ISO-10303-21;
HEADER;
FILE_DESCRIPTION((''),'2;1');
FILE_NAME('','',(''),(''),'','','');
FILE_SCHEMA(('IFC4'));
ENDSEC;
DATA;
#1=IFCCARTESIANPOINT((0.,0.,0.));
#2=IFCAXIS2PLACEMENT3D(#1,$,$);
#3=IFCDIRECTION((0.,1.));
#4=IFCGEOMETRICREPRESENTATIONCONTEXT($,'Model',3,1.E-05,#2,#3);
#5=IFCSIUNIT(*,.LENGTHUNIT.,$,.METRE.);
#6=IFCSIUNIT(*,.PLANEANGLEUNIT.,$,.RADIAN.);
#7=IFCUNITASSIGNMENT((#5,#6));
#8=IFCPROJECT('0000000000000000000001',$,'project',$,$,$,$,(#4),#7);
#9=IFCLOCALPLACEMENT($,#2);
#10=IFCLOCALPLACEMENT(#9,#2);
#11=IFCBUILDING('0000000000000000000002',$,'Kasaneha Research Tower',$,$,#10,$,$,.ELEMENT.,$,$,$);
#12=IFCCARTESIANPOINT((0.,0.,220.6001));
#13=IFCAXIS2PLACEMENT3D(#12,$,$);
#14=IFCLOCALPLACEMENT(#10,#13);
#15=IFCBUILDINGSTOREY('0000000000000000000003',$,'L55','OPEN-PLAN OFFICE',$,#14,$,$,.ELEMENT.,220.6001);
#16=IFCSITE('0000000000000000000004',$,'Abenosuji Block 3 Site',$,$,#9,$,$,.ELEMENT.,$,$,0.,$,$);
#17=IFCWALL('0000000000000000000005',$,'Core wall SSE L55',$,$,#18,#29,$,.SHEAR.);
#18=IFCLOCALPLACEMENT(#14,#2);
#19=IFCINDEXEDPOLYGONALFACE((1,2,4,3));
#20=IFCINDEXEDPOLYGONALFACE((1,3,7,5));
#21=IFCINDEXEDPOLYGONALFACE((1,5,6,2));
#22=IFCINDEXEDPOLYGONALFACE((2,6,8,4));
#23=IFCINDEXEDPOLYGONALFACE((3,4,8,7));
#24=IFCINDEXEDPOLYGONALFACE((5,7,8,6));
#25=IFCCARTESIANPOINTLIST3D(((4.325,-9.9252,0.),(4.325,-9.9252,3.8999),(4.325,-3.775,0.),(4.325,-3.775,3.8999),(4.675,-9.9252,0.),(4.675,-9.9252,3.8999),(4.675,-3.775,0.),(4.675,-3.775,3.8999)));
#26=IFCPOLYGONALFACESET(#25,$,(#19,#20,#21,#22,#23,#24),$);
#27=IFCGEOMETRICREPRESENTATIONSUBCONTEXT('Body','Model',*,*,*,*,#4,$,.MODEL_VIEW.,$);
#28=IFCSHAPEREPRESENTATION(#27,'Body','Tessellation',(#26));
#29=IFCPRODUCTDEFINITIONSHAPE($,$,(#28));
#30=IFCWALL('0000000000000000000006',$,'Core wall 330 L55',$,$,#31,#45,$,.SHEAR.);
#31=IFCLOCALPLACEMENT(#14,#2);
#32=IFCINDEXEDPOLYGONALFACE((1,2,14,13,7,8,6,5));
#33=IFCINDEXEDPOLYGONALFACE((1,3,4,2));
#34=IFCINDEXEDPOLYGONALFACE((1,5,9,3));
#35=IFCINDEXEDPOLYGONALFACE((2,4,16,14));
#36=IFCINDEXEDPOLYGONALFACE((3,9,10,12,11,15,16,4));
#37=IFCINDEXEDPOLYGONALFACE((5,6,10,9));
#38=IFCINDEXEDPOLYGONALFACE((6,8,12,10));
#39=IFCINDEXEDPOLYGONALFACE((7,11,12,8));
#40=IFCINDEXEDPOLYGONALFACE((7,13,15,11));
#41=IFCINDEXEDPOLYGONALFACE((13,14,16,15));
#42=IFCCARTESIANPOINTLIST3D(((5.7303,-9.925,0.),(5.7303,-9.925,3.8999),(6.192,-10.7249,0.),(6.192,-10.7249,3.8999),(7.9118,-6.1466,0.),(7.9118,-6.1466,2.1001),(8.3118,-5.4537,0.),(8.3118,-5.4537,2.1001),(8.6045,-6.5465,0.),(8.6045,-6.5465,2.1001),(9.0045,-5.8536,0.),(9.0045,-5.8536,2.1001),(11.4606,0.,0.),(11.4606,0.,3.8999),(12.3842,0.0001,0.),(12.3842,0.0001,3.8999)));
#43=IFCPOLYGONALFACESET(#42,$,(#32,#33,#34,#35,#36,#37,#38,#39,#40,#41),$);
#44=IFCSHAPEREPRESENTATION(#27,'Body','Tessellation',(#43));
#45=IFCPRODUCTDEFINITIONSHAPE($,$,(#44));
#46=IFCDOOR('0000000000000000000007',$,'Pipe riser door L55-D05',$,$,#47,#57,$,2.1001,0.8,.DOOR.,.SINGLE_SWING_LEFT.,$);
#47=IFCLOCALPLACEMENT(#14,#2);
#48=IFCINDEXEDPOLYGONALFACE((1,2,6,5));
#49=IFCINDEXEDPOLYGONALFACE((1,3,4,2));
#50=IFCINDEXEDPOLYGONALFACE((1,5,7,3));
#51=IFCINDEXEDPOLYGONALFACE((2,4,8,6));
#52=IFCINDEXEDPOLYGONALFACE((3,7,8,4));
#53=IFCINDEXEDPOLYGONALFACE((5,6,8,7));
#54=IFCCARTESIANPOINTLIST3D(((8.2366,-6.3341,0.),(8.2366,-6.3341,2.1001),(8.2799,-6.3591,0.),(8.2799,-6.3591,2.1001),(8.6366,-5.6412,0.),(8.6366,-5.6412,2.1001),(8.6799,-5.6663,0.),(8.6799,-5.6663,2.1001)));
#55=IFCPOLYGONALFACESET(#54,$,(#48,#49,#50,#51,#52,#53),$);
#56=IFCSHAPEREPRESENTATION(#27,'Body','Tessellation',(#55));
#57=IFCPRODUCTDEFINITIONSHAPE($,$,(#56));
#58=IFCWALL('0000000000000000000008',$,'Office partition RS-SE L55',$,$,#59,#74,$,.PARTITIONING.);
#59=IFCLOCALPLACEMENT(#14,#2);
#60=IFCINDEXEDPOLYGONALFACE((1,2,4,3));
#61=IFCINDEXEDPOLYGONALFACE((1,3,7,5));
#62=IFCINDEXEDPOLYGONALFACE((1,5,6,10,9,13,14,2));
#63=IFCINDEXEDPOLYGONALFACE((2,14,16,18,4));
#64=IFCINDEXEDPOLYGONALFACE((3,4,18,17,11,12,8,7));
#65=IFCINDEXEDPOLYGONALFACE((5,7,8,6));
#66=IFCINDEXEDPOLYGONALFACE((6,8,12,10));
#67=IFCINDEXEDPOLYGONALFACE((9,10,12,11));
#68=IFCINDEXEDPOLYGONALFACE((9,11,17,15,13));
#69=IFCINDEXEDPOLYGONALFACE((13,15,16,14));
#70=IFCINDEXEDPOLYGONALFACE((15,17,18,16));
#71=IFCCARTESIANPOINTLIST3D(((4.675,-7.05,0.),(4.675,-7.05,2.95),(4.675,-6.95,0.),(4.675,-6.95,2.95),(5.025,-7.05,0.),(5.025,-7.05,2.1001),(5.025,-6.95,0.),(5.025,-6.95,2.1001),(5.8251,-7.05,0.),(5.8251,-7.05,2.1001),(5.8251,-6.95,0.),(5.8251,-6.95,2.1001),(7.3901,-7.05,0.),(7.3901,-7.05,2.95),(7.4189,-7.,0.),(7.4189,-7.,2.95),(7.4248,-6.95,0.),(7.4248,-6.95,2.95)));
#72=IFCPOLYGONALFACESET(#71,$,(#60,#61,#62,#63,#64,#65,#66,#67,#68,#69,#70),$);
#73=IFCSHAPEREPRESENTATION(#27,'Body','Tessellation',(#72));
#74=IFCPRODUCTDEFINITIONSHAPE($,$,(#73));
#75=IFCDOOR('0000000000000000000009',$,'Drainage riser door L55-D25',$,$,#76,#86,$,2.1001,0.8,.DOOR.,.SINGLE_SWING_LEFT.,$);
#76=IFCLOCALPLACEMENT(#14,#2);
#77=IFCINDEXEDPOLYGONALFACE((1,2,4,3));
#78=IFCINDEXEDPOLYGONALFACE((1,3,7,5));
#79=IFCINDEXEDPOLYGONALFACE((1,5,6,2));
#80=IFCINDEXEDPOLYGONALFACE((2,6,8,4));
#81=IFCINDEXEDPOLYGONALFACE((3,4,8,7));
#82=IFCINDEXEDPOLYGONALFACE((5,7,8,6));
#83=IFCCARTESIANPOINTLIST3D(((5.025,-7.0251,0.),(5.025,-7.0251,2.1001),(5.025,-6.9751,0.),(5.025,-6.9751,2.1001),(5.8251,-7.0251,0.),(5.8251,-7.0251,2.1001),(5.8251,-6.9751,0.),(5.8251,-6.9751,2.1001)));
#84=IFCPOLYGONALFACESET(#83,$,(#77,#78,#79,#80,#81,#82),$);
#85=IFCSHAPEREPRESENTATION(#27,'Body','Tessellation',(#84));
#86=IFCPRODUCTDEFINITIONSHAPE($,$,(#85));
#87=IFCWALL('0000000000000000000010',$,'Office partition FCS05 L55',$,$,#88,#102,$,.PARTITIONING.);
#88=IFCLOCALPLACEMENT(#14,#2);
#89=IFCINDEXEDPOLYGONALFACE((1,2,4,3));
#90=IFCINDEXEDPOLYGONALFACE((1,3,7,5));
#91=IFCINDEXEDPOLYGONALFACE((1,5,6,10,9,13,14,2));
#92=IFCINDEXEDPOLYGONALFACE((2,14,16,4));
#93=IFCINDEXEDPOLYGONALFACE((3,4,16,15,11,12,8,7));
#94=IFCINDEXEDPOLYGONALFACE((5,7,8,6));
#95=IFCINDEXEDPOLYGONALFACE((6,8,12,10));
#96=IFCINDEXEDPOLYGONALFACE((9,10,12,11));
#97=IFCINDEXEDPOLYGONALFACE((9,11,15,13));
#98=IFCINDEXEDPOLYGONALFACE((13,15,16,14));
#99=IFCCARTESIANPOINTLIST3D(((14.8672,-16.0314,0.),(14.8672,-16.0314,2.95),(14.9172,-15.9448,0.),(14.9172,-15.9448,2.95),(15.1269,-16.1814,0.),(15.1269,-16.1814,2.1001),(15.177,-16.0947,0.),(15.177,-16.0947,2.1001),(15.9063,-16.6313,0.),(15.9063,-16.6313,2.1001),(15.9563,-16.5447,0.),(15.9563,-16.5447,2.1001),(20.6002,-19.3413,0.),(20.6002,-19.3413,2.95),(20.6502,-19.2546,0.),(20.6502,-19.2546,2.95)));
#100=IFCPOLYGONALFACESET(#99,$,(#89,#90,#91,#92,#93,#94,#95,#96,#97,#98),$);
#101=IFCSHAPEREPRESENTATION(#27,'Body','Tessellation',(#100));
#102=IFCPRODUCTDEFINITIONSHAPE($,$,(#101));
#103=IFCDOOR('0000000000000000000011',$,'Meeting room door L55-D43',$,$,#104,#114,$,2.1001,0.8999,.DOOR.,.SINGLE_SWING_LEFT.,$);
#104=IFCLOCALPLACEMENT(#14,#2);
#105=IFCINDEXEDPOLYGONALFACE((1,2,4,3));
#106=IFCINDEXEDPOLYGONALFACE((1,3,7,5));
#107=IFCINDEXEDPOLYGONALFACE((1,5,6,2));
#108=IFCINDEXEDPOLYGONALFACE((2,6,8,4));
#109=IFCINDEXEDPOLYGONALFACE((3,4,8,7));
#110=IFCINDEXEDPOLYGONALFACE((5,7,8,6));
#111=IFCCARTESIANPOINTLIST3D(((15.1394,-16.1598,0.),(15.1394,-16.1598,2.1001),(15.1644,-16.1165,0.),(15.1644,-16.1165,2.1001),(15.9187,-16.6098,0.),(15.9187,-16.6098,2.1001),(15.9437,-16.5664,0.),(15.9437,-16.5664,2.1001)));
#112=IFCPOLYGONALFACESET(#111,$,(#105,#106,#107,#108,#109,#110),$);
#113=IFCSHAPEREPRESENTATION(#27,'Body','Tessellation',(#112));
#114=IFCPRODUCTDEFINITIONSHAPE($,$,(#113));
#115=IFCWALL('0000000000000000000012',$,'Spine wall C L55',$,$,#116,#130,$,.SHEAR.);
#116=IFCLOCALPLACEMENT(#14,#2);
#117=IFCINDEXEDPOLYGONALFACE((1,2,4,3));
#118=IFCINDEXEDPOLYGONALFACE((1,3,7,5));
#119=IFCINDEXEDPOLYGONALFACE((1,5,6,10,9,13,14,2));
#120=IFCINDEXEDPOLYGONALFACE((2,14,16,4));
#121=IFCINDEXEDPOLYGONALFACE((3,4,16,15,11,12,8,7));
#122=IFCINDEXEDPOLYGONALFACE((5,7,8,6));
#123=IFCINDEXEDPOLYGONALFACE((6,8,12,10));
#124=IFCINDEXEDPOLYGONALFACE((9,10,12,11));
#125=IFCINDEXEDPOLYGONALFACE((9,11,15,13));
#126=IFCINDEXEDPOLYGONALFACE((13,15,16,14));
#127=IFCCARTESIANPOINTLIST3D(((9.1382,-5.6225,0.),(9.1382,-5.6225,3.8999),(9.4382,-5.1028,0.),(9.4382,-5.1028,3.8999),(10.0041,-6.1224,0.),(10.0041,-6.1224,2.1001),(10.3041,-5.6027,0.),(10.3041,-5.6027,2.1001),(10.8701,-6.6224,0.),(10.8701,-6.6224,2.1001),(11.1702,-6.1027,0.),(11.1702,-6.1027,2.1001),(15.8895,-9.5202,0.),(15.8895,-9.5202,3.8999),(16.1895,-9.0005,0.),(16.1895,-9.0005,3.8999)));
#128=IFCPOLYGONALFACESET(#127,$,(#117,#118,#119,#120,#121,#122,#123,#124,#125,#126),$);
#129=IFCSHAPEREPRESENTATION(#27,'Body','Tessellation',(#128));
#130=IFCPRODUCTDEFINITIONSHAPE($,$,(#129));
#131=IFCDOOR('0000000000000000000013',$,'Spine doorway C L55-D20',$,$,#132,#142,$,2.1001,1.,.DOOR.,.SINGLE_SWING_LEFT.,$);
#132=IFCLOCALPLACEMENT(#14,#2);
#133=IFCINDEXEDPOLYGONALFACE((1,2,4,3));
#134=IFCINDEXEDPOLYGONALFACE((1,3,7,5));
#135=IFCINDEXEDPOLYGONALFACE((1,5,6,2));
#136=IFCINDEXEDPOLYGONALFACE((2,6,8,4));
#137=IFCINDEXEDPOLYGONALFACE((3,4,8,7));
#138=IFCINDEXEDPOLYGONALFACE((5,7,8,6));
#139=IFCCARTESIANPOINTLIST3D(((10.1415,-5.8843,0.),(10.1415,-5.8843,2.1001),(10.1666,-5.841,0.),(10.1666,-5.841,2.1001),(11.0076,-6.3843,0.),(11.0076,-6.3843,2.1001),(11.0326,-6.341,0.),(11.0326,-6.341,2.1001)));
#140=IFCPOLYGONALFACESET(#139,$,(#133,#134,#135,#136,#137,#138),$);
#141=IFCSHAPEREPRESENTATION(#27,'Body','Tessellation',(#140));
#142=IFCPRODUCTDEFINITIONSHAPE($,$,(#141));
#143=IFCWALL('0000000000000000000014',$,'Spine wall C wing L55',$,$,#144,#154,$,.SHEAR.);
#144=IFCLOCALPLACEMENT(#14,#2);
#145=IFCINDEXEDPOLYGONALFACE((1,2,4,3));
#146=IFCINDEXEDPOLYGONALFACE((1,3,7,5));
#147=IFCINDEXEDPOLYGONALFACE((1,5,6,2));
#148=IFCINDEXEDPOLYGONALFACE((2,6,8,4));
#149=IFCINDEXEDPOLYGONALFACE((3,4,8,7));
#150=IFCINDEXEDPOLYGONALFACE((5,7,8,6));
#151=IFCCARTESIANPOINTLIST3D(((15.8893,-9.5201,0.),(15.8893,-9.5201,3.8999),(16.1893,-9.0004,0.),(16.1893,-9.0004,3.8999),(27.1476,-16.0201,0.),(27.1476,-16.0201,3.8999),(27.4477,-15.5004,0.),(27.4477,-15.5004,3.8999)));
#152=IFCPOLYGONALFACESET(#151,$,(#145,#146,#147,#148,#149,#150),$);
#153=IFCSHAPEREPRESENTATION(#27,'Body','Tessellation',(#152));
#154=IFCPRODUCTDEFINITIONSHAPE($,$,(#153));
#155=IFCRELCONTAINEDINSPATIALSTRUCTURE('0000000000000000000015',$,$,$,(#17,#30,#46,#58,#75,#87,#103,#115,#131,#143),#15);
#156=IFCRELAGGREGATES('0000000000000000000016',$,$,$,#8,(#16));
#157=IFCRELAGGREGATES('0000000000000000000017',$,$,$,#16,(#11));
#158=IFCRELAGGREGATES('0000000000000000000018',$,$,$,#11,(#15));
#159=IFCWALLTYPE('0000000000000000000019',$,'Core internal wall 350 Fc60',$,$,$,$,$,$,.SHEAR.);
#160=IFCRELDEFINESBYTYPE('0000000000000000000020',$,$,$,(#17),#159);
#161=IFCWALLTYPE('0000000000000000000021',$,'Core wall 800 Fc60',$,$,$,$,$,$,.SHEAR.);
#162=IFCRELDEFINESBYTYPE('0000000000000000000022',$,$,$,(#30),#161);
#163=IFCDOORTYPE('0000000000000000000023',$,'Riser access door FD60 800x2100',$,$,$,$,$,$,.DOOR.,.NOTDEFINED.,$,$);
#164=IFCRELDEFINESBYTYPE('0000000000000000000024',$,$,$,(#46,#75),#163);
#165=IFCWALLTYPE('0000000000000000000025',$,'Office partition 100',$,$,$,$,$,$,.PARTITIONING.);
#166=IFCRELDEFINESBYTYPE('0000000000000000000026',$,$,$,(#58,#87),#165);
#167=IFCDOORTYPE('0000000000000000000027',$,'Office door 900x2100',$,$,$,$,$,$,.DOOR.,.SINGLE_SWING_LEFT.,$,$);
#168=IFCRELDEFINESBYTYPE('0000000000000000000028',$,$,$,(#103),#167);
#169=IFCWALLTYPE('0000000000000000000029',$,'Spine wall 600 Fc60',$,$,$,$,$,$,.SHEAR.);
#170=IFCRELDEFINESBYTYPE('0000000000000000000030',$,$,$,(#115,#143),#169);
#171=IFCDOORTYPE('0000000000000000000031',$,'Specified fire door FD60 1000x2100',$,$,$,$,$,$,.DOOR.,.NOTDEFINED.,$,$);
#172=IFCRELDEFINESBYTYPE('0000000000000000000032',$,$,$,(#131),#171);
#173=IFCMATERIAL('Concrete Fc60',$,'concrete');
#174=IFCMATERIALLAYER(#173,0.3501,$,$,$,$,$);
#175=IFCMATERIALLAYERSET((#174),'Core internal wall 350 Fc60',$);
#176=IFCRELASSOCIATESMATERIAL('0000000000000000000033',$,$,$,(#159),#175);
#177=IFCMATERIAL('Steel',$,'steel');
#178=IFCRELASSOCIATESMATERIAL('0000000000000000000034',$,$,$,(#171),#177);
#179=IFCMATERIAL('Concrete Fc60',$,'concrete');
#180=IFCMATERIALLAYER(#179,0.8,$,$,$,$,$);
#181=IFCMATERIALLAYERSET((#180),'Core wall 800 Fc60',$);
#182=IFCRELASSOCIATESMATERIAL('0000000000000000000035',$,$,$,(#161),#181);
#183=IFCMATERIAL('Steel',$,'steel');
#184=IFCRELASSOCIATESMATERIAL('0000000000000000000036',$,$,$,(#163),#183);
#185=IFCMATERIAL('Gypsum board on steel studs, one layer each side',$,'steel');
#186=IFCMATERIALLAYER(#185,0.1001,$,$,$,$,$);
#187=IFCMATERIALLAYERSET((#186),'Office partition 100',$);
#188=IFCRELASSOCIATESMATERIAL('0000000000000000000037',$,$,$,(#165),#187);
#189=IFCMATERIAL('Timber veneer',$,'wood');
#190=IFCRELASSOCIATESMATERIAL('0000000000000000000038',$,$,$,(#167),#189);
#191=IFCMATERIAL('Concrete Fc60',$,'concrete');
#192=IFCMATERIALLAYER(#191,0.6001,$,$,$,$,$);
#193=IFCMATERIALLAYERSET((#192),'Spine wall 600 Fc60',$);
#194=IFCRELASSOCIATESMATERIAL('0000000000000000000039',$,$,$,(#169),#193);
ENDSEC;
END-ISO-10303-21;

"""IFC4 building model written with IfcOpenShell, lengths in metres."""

from ifc_helpers import new_model, si_unit, direction, frame, frame_2d, origin, place, context, subcontext, project, spatial, polyline, rectangle, outline, extrude, material, layer, layer_set, type_object, element, fill, save


model = new_model("IFC4")

# Units and contexts
model_context = context("Model", 3, precision=1e-05, world=origin(), true_north=direction((0.0, 1.0)))
body_context = subcontext(model_context, "Body", "Model", "MODEL_VIEW")
ifc_project = project(units=[si_unit("LENGTHUNIT", "METRE"), si_unit("PLANEANGLEUNIT", "RADIAN")], contexts=[model_context])

# Site, building, storey
site_placement = place(None, origin())
site = spatial("IfcSite", under=ifc_project, at=site_placement, Name="Abenosuji Block 3 Site", CompositionType="ELEMENT", RefElevation=0.0)
building_placement = place(site_placement, origin())
building = spatial("IfcBuilding", under=site, at=building_placement, Name="Kasaneha Research Tower", CompositionType="ELEMENT")
storey_placement = place(building_placement, frame((0.0, 0.0, 220.6001)))
storey = spatial("IfcBuildingStorey", under=building, at=storey_placement, Name="L55", Description="OPEN-PLAN OFFICE", CompositionType="ELEMENT", Elevation=220.6001)

# Shared definitions
ifc_material_1 = material(Name="Concrete Fc60", Category="concrete")
ifc_layer_1 = layer(ifc_material_1, 0.3501)
ifc_layer_set_1 = layer_set([ifc_layer_1], Name="Core internal wall 350 Fc60")
wall_type_1 = type_object("IfcWallType", Name="Core internal wall 350 Fc60", PredefinedType="SHEAR", material=ifc_layer_set_1)
ifc_material_2 = material(Name="Steel", Category="steel")
door_type_1 = type_object("IfcDoorType", Name="Specified fire door FD60 1000x2100", OperationType="NOTDEFINED", PredefinedType="DOOR", material=ifc_material_2)

# Wall
wall_1_placement = place(storey_placement, frame((4.5, -3.7749, 0.0), z_axis=(0.0, 0.0, 1.0), x_axis=(0.0, -1.0, 0.0)))
element("IfcWall", 1, at=wall_1_placement, inside=storey, type_object=wall_type_1, Name="Core wall SSE L55", PredefinedType="SHEAR", context=body_context, shape_type="SweptSolid", body=[
    extrude(rectangle(XDim=6.1501, YDim=0.3501, at=frame_2d((3.0752, 0.0))), origin(), (0.0, 0.0, 1.0), 3.8999),
])

# Walls, openings, doors
ifc_material_3 = material(Name="Concrete Fc60", Category="concrete")
ifc_layer_2 = layer(ifc_material_3, 0.8)
ifc_layer_set_2 = layer_set([ifc_layer_2], Name="Core wall 800 Fc60")
wall_type_2 = type_object("IfcWallType", Name="Core wall 800 Fc60", PredefinedType="SHEAR", material=ifc_layer_set_2)
wall_2_placement = place(storey_placement, frame((5.9612, -10.325, 0.0), z_axis=(0.0, 0.0, 1.0), x_axis=(0.500004, 0.866023, 0.0)))
wall_2 = element("IfcWall", 2, at=wall_2_placement, inside=storey, type_object=wall_type_2, Name="Core wall 330 L55", PredefinedType="SHEAR", context=body_context, shape_type="SweptSolid", body=[
    extrude(outline(polyline([(-0.231, -0.3999), (4.594, -0.3999), (5.394, -0.3999), (12.1533, -0.3999), (11.6914, 0.3999), (5.394, 0.3999), (4.594, 0.3999), (0.231, 0.3999), (-0.231, -0.3999)])), origin(), (0.0, 0.0, 1.0), 3.8999),
])
opening_1_placement = place(wall_2_placement, frame((4.594, 0.0, 0.0)))
opening_1 = element("IfcOpeningElement", 3, at=opening_1_placement, cuts=wall_2, PredefinedType="OPENING", context=body_context, shape_type="SweptSolid", body=[
    extrude(rectangle(XDim=0.8, YDim=2.1001, at=frame_2d((0.3999, 1.05))), frame((0.0, 0.4102, 0.0), z_axis=(0.0, -1.0, 0.0), x_axis=(1.0, 0.0, 0.0)), (0.0, 0.0, 1.0), 0.8201),
])
ifc_material_4 = material(Name="Steel", Category="steel")
door_type_2 = type_object("IfcDoorType", Name="Riser access door FD60 800x2100", OperationType="NOTDEFINED", PredefinedType="DOOR", material=ifc_material_4)
door_1_placement = place(opening_1_placement, origin())
door_1 = element("IfcDoor", 4, at=door_1_placement, inside=storey, type_object=door_type_2, Name="Pipe riser door L55-D05", OperationType="SINGLE_SWING_LEFT", OverallHeight=2.1001, OverallWidth=0.8, PredefinedType="DOOR", context=body_context, shape_type="SweptSolid", body=[
    extrude(rectangle(XDim=0.8, YDim=2.1001, at=frame_2d((0.3999, 1.05))), frame((0.0, 0.0249, 0.0), z_axis=(0.0, -1.0, 0.0), x_axis=(1.0, 0.0, 0.0)), (0.0, 0.0, 1.0), 0.05),
])
fill(opening_1, door_1)
ifc_material_5 = material(Name="Gypsum board on steel studs, one layer each side", Category="steel")
ifc_layer_3 = layer(ifc_material_5, 0.1001)
ifc_layer_set_3 = layer_set([ifc_layer_3], Name="Office partition 100")
wall_type_3 = type_object("IfcWallType", Name="Office partition 100", PredefinedType="PARTITIONING", material=ifc_layer_set_3)
wall_3_placement = place(storey_placement, frame((4.675, -7.0, 0.0), z_axis=(0.0, 0.0, 1.0), x_axis=(1.0, 0.0, 0.0)))
wall_3 = element("IfcWall", 5, at=wall_3_placement, inside=storey, type_object=wall_type_3, Name="Office partition RS-SE L55", PredefinedType="PARTITIONING", context=body_context, shape_type="SweptSolid", body=[
    extrude(outline(polyline([(0.0, -0.05), (0.3501, -0.05), (1.1501, -0.05), (2.7151, -0.05), (2.7439, 0.0), (2.7498, 0.05), (1.1501, 0.05), (0.3501, 0.05), (0.0, 0.05), (0.0, -0.05)])), origin(), (0.0, 0.0, 1.0), 2.95),
])
opening_2_placement = place(wall_3_placement, frame((0.3501, 0.0, 0.0)))
opening_2 = element("IfcOpeningElement", 6, at=opening_2_placement, cuts=wall_3, PredefinedType="OPENING", context=body_context, shape_type="SweptSolid", body=[
    extrude(rectangle(XDim=0.8, YDim=2.1001, at=frame_2d((0.3999, 1.05))), frame((0.0, 0.0601, 0.0), z_axis=(0.0, -1.0, 0.0), x_axis=(1.0, 0.0, 0.0)), (0.0, 0.0, 1.0), 0.1201),
])
door_2_placement = place(opening_2_placement, origin())
door_2 = element("IfcDoor", 7, at=door_2_placement, inside=storey, type_object=door_type_2, Name="Drainage riser door L55-D25", OperationType="SINGLE_SWING_LEFT", OverallHeight=2.1001, OverallWidth=0.8, PredefinedType="DOOR", context=body_context, shape_type="SweptSolid", body=[
    extrude(rectangle(XDim=0.8, YDim=2.1001, at=frame_2d((0.3999, 1.05))), frame((0.0, 0.0249, 0.0), z_axis=(0.0, -1.0, 0.0), x_axis=(1.0, 0.0, 0.0)), (0.0, 0.0, 1.0), 0.05),
])
fill(opening_2, door_2)
wall_4_placement = place(storey_placement, frame((14.8921, -15.988, 0.0), z_axis=(0.0, 0.0, 1.0), x_axis=(0.866031, -0.499991, 0.0)))
wall_4 = element("IfcWall", 8, at=wall_4_placement, inside=storey, type_object=wall_type_3, Name="Office partition FCS05 L55", PredefinedType="PARTITIONING", context=body_context, shape_type="SweptSolid", body=[
    extrude(rectangle(XDim=6.6199, YDim=0.1001, at=frame_2d((3.3101, 0.0))), origin(), (0.0, 0.0, 1.0), 2.95),
])
opening_3_placement = place(wall_4_placement, frame((0.3, 0.0, 0.0)))
opening_3 = element("IfcOpeningElement", 9, at=opening_3_placement, cuts=wall_4, PredefinedType="OPENING", context=body_context, shape_type="SweptSolid", body=[
    extrude(rectangle(XDim=0.8999, YDim=2.1001, at=frame_2d((0.45, 1.05))), frame((0.0, 0.0601, 0.0), z_axis=(0.0, -1.0, 0.0), x_axis=(1.0, 0.0, 0.0)), (0.0, 0.0, 1.0), 0.1201),
])
ifc_material_6 = material(Name="Timber veneer", Category="wood")
door_type_3 = type_object("IfcDoorType", Name="Office door 900x2100", OperationType="SINGLE_SWING_LEFT", PredefinedType="DOOR", material=ifc_material_6)
door_3_placement = place(opening_3_placement, origin())
door_3 = element("IfcDoor", 10, at=door_3_placement, inside=storey, type_object=door_type_3, Name="Meeting room door L55-D43", OperationType="SINGLE_SWING_LEFT", OverallHeight=2.1001, OverallWidth=0.8999, PredefinedType="DOOR", context=body_context, shape_type="SweptSolid", body=[
    extrude(rectangle(XDim=0.8999, YDim=2.1001, at=frame_2d((0.45, 1.05))), frame((0.0, 0.0249, 0.0), z_axis=(0.0, -1.0, 0.0), x_axis=(1.0, 0.0, 0.0)), (0.0, 0.0, 1.0), 0.05),
])
fill(opening_3, door_3)
ifc_material_7 = material(Name="Concrete Fc60", Category="concrete")
ifc_layer_4 = layer(ifc_material_7, 0.6001)
ifc_layer_set_4 = layer_set([ifc_layer_4], Name="Spine wall 600 Fc60")
wall_type_4 = type_object("IfcWallType", Name="Spine wall 600 Fc60", PredefinedType="SHEAR", material=ifc_layer_set_4)
wall_5_placement = place(storey_placement, frame((9.2881, -5.3625, 0.0), z_axis=(0.0, 0.0, 1.0), x_axis=(0.866032, -0.499989, 0.0)))
wall_5 = element("IfcWall", 11, at=wall_5_placement, inside=storey, type_object=wall_type_4, Name="Spine wall C L55", PredefinedType="SHEAR", context=body_context, shape_type="SweptSolid", body=[
    extrude(rectangle(XDim=7.7957, YDim=0.6001, at=frame_2d((3.8979, 0.0))), origin(), (0.0, 0.0, 1.0), 3.8999),
])
opening_4_placement = place(wall_5_placement, frame((1.0, 0.0, 0.0)))
opening_4 = element("IfcOpeningElement", 12, at=opening_4_placement, cuts=wall_5, PredefinedType="OPENING", context=body_context, shape_type="SweptSolid", body=[
    extrude(rectangle(XDim=1.0, YDim=2.1001, at=frame_2d((0.5, 1.05))), frame((0.0, 0.3101, 0.0), z_axis=(0.0, -1.0, 0.0), x_axis=(1.0, 0.0, 0.0)), (0.0, 0.0, 1.0), 0.6201),
])
door_4_placement = place(opening_4_placement, origin())
door_4 = element("IfcDoor", 13, at=door_4_placement, inside=storey, type_object=door_type_1, Name="Spine doorway C L55-D20", OperationType="SINGLE_SWING_LEFT", OverallHeight=2.1001, OverallWidth=1.0, PredefinedType="DOOR", context=body_context, shape_type="SweptSolid", body=[
    extrude(rectangle(XDim=1.0, YDim=2.1001, at=frame_2d((0.5, 1.05))), frame((0.0, 0.0249, 0.0), z_axis=(0.0, -1.0, 0.0), x_axis=(1.0, 0.0, 0.0)), (0.0, 0.0, 1.0), 0.05),
])
fill(opening_4, door_4)

# Wall
wall_6_placement = place(storey_placement, frame((16.0393, -9.2603, 0.0), z_axis=(0.0, 0.0, 1.0), x_axis=(0.866025, -0.500001, 0.0)))
element("IfcWall", 14, at=wall_6_placement, inside=storey, type_object=wall_type_4, Name="Spine wall C wing L55", PredefinedType="SHEAR", context=body_context, shape_type="SweptSolid", body=[
    extrude(rectangle(XDim=13.0, YDim=0.6001, at=frame_2d((6.5, 0.0))), origin(), (0.0, 0.0, 1.0), 3.8999),
])

save(model, "model.ifc")
